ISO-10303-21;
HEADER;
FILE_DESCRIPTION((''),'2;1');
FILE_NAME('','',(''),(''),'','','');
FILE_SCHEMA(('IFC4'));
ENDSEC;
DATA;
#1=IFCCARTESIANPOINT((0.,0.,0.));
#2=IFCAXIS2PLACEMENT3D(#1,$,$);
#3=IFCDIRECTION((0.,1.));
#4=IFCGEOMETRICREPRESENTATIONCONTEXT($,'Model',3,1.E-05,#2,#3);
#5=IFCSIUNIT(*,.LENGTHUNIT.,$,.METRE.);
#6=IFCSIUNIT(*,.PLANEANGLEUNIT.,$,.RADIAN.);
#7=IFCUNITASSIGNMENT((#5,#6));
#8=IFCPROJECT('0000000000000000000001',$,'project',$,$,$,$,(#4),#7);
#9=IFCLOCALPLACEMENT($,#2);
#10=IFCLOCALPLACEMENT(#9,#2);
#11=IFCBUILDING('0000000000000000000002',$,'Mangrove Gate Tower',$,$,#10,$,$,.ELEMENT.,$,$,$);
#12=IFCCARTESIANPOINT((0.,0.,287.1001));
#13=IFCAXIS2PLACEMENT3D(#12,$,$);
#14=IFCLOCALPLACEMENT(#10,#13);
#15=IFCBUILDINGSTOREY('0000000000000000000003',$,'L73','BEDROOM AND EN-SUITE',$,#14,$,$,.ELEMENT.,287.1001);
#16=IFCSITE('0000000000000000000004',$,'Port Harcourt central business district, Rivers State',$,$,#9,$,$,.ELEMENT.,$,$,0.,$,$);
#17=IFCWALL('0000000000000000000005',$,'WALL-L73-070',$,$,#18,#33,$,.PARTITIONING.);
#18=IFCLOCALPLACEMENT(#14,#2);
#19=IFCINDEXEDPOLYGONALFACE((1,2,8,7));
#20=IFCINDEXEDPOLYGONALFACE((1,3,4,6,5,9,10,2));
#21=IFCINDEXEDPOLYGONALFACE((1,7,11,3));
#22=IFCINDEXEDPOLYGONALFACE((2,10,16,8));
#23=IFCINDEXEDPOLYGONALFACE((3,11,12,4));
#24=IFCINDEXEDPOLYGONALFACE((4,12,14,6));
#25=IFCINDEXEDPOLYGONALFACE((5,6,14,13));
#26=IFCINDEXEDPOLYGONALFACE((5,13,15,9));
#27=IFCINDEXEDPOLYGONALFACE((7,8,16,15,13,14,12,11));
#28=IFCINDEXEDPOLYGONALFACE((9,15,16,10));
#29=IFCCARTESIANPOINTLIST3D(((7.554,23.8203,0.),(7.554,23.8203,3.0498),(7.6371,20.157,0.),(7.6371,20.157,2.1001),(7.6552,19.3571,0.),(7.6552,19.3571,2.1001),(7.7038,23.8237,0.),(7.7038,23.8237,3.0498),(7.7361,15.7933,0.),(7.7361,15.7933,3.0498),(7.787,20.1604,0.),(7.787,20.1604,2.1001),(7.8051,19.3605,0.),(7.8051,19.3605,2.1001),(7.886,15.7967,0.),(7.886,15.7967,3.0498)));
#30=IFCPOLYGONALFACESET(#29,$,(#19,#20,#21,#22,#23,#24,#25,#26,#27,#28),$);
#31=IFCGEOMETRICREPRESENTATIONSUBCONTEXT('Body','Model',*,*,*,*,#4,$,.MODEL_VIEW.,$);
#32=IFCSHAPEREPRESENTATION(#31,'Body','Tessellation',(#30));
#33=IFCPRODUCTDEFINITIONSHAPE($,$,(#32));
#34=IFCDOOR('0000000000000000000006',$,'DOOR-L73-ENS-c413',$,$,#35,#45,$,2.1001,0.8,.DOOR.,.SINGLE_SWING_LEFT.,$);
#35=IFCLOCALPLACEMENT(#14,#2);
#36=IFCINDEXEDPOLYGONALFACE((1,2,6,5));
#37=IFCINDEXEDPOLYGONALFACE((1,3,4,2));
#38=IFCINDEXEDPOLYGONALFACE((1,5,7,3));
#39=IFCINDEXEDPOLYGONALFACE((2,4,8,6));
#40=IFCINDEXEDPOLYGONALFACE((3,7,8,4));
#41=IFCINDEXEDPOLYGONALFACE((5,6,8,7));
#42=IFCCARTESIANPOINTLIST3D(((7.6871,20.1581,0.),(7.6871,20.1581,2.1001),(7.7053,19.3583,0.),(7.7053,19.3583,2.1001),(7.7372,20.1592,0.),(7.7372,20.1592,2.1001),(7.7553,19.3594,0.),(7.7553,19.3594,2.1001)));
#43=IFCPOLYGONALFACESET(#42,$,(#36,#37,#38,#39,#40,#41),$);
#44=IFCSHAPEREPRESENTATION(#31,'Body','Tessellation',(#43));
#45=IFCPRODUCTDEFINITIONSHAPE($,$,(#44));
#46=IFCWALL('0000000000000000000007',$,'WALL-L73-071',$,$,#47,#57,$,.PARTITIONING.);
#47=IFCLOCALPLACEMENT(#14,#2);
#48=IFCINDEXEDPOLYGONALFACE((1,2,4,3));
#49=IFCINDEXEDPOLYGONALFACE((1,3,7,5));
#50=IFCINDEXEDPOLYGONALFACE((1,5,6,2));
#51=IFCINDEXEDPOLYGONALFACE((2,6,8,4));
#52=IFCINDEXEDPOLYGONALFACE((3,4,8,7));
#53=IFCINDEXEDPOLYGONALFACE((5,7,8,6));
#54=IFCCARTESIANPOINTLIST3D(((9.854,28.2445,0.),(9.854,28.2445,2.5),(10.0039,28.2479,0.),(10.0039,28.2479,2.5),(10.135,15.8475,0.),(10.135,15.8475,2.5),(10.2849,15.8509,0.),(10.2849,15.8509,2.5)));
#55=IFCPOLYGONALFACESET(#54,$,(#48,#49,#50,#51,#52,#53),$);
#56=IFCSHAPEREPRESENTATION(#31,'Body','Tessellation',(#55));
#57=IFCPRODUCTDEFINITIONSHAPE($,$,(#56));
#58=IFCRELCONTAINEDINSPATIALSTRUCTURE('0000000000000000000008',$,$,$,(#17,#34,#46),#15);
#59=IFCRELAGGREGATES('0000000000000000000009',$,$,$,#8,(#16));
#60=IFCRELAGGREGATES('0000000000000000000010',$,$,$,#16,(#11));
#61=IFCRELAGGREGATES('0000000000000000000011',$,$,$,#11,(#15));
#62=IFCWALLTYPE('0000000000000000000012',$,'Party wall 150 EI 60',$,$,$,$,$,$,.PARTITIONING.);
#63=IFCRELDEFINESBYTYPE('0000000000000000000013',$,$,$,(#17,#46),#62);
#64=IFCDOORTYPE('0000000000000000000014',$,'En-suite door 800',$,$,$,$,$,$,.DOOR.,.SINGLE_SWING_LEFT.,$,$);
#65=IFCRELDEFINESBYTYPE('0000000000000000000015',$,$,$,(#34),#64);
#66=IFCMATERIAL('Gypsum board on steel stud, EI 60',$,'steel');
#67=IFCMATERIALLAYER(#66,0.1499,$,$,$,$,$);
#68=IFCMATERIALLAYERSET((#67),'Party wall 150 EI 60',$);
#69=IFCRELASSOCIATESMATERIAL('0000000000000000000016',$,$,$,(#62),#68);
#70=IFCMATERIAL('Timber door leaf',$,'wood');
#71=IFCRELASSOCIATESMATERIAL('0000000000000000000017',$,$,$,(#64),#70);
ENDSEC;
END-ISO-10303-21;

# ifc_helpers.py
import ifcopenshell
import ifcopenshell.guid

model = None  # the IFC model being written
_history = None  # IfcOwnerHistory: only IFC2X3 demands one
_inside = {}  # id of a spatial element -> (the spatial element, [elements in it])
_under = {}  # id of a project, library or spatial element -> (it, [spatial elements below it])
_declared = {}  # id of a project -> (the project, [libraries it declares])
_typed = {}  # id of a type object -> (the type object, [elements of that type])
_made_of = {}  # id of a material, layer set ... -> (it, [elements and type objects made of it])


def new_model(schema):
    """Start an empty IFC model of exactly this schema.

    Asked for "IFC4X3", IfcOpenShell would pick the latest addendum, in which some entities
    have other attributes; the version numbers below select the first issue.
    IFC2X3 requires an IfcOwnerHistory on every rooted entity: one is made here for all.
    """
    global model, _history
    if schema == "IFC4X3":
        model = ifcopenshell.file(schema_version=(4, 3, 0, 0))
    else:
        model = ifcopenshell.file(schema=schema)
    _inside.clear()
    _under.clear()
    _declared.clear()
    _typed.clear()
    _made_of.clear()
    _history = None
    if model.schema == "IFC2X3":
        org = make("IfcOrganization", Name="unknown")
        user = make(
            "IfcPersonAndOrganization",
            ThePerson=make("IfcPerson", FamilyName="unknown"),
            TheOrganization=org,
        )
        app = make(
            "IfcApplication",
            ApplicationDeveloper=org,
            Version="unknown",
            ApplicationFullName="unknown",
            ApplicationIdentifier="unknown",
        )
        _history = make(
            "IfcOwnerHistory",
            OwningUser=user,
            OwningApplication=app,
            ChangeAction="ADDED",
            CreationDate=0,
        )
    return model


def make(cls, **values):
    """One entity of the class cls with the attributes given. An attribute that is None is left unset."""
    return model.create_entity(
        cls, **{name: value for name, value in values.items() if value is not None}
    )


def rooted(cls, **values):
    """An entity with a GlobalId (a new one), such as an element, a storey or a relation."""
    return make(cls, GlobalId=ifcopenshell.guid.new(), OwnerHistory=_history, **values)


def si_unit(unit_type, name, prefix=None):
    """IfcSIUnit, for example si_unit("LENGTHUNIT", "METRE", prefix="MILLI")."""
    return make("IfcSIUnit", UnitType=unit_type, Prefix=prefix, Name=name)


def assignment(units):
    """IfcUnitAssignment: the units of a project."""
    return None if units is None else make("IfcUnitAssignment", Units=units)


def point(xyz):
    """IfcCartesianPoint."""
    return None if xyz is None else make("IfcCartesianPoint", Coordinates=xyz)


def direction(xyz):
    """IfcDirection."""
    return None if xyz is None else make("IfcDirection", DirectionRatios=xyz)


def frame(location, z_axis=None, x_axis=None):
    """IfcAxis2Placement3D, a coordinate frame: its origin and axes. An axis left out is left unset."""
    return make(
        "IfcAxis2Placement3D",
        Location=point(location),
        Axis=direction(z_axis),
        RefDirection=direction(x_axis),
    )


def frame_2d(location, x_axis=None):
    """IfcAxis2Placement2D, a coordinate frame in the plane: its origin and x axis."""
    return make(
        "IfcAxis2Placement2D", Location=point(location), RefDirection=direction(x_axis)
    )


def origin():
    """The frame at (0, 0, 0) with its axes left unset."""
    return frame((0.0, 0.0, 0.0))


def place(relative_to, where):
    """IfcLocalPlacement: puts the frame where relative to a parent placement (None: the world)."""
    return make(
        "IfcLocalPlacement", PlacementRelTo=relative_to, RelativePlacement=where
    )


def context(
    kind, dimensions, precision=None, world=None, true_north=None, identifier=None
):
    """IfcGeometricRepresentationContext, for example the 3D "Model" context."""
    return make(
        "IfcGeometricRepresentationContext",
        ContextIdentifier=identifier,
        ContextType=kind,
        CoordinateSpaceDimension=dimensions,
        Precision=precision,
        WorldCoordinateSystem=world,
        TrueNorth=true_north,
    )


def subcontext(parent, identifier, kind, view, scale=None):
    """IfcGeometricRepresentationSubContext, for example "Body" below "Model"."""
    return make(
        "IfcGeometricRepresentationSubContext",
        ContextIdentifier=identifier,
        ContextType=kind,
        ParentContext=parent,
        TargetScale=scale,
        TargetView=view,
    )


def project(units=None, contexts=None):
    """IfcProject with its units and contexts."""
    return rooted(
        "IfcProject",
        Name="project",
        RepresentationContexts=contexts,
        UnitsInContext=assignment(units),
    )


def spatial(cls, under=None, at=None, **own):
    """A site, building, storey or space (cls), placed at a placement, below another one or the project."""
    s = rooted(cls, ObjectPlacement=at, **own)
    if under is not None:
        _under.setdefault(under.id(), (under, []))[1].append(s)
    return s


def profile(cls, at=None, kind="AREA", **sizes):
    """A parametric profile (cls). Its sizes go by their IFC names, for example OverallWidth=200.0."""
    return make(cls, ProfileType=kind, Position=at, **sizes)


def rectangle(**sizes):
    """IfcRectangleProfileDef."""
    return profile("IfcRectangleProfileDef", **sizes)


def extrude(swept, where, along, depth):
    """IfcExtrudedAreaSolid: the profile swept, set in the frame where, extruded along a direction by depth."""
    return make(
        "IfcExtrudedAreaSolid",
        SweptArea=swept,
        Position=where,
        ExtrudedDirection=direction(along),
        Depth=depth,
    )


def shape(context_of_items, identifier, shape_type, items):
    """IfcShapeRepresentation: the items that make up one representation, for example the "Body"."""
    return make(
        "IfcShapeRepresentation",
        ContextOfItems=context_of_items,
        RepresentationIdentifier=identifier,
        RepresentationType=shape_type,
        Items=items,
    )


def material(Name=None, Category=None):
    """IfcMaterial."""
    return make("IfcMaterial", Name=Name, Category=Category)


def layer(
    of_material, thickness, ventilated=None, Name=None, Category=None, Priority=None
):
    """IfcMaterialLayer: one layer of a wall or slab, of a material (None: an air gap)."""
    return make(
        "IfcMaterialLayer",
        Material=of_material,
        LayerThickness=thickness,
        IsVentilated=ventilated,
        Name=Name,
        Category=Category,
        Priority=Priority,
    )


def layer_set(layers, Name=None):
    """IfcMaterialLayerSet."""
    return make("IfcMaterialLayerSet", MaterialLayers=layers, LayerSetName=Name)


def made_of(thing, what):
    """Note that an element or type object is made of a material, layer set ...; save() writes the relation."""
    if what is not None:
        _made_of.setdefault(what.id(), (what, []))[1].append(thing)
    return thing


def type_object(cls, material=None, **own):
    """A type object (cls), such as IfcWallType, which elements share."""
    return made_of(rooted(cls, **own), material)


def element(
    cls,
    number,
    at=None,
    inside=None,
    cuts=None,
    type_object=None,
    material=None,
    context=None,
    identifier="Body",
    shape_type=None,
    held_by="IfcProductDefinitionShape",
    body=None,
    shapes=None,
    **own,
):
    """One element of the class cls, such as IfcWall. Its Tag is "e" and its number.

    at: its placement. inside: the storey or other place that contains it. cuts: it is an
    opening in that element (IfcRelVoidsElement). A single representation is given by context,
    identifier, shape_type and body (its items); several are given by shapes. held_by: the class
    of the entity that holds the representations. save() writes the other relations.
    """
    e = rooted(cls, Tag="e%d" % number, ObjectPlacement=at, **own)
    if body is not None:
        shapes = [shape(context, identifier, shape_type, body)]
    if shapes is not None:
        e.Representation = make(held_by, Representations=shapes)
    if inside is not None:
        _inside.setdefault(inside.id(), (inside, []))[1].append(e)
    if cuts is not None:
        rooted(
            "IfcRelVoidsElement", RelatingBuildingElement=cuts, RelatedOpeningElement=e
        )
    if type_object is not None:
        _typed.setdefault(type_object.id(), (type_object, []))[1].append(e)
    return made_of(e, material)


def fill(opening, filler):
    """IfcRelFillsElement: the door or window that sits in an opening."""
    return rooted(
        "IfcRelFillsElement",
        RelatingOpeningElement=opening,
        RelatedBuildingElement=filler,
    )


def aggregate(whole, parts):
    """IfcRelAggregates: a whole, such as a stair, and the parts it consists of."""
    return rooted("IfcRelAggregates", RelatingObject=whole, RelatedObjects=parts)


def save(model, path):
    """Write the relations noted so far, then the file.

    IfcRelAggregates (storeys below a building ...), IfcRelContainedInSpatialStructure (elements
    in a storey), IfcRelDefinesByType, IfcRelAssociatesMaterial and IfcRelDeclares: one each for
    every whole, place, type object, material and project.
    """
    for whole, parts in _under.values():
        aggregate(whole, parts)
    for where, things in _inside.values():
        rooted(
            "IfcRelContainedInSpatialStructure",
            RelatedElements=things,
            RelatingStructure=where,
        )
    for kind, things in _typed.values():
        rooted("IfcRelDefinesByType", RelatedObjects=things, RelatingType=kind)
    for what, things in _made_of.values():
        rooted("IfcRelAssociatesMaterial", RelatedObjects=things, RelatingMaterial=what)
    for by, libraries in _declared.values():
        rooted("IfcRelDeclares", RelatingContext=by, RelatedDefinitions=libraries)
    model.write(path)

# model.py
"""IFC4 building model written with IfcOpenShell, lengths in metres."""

from ifc_helpers import new_model, si_unit, direction, frame, frame_2d, origin, place, context, subcontext, project, spatial, rectangle, extrude, material, layer, layer_set, type_object, element, fill, save


model = new_model("IFC4")

# Units and contexts
model_context = context("Model", 3, precision=1e-05, world=origin(), true_north=direction((0.0, 1.0)))
body_context = subcontext(model_context, "Body", "Model", "MODEL_VIEW")
ifc_project = project(units=[si_unit("LENGTHUNIT", "METRE"), si_unit("PLANEANGLEUNIT", "RADIAN")], contexts=[model_context])

# Site, building, storey
site_placement = place(None, origin())
site = spatial("IfcSite", under=ifc_project, at=site_placement, Name="Port Harcourt central business district, Rivers State", CompositionType="ELEMENT", RefElevation=0.0)
building_placement = place(site_placement, origin())
building = spatial("IfcBuilding", under=site, at=building_placement, Name="Mangrove Gate Tower", CompositionType="ELEMENT")
storey_placement = place(building_placement, frame((0.0, 0.0, 287.1001)))
storey = spatial("IfcBuildingStorey", under=building, at=storey_placement, Name="L73", Description="BEDROOM AND EN-SUITE", CompositionType="ELEMENT", Elevation=287.1001)

# Shared definitions
ifc_material_1 = material(Name="Gypsum board on steel stud, EI 60", Category="steel")
ifc_layer_1 = layer(ifc_material_1, 0.1499)
ifc_layer_set_1 = layer_set([ifc_layer_1], Name="Party wall 150 EI 60")
wall_type_1 = type_object("IfcWallType", Name="Party wall 150 EI 60", PredefinedType="PARTITIONING", material=ifc_layer_set_1)

# Shared definitions
ifc_material_2 = material(Name="Timber door leaf", Category="wood")
door_type_1 = type_object("IfcDoorType", Name="En-suite door 800", OperationType="SINGLE_SWING_LEFT", PredefinedType="DOOR", material=ifc_material_2)

# Wall, opening, door
wall_1_placement = place(storey_placement, frame((7.811, 15.7949, 0.0), z_axis=(0.0, 0.0, 1.0), x_axis=(-0.022683, 0.999743, 0.0)))
wall_1 = element("IfcWall", 1, at=wall_1_placement, inside=storey, type_object=wall_type_1, Name="WALL-L73-070", PredefinedType="PARTITIONING", context=body_context, shape_type="SweptSolid", body=[
    extrude(rectangle(XDim=8.0291, YDim=0.1499, at=frame_2d((4.0146, 0.0))), origin(), (0.0, 0.0, 1.0), 3.0498),
])
opening_1_placement = place(wall_1_placement, frame((3.5649, 0.0, 0.0)))
opening_1 = element("IfcOpeningElement", 2, at=opening_1_placement, cuts=wall_1, PredefinedType="OPENING", context=body_context, shape_type="SweptSolid", body=[
    extrude(rectangle(XDim=0.8, YDim=2.1001, at=frame_2d((0.3999, 1.05))), frame((0.0, 0.085, 0.0), z_axis=(0.0, -1.0, 0.0), x_axis=(1.0, 0.0, 0.0)), (0.0, 0.0, 1.0), 0.1699),
])
door_1_placement = place(opening_1_placement, origin())
door_1 = element("IfcDoor", 3, at=door_1_placement, inside=storey, type_object=door_type_1, Name="DOOR-L73-ENS-c413", OperationType="SINGLE_SWING_LEFT", OverallHeight=2.1001, OverallWidth=0.8, PredefinedType="DOOR", context=body_context, shape_type="SweptSolid", body=[
    extrude(rectangle(XDim=0.8, YDim=2.1001, at=frame_2d((0.3999, 1.05))), frame((0.0, 0.0249, 0.0), z_axis=(0.0, -1.0, 0.0), x_axis=(1.0, 0.0, 0.0)), (0.0, 0.0, 1.0), 0.05),
])
fill(opening_1, door_1)

# Wall
wall_2_placement = place(storey_placement, frame((10.21, 15.8491, 0.0), z_axis=(0.0, 0.0, 1.0), x_axis=(-0.022661, 0.999743, 0.0)))
element("IfcWall", 4, at=wall_2_placement, inside=storey, type_object=wall_type_1, Name="WALL-L73-071", PredefinedType="PARTITIONING", context=body_context, shape_type="SweptSolid", body=[
    extrude(rectangle(XDim=12.4001, YDim=0.1499, at=frame_2d((6.2002, 0.0))), origin(), (0.0, 0.0, 1.0), 2.5),
])

save(model, "model.ifc")
